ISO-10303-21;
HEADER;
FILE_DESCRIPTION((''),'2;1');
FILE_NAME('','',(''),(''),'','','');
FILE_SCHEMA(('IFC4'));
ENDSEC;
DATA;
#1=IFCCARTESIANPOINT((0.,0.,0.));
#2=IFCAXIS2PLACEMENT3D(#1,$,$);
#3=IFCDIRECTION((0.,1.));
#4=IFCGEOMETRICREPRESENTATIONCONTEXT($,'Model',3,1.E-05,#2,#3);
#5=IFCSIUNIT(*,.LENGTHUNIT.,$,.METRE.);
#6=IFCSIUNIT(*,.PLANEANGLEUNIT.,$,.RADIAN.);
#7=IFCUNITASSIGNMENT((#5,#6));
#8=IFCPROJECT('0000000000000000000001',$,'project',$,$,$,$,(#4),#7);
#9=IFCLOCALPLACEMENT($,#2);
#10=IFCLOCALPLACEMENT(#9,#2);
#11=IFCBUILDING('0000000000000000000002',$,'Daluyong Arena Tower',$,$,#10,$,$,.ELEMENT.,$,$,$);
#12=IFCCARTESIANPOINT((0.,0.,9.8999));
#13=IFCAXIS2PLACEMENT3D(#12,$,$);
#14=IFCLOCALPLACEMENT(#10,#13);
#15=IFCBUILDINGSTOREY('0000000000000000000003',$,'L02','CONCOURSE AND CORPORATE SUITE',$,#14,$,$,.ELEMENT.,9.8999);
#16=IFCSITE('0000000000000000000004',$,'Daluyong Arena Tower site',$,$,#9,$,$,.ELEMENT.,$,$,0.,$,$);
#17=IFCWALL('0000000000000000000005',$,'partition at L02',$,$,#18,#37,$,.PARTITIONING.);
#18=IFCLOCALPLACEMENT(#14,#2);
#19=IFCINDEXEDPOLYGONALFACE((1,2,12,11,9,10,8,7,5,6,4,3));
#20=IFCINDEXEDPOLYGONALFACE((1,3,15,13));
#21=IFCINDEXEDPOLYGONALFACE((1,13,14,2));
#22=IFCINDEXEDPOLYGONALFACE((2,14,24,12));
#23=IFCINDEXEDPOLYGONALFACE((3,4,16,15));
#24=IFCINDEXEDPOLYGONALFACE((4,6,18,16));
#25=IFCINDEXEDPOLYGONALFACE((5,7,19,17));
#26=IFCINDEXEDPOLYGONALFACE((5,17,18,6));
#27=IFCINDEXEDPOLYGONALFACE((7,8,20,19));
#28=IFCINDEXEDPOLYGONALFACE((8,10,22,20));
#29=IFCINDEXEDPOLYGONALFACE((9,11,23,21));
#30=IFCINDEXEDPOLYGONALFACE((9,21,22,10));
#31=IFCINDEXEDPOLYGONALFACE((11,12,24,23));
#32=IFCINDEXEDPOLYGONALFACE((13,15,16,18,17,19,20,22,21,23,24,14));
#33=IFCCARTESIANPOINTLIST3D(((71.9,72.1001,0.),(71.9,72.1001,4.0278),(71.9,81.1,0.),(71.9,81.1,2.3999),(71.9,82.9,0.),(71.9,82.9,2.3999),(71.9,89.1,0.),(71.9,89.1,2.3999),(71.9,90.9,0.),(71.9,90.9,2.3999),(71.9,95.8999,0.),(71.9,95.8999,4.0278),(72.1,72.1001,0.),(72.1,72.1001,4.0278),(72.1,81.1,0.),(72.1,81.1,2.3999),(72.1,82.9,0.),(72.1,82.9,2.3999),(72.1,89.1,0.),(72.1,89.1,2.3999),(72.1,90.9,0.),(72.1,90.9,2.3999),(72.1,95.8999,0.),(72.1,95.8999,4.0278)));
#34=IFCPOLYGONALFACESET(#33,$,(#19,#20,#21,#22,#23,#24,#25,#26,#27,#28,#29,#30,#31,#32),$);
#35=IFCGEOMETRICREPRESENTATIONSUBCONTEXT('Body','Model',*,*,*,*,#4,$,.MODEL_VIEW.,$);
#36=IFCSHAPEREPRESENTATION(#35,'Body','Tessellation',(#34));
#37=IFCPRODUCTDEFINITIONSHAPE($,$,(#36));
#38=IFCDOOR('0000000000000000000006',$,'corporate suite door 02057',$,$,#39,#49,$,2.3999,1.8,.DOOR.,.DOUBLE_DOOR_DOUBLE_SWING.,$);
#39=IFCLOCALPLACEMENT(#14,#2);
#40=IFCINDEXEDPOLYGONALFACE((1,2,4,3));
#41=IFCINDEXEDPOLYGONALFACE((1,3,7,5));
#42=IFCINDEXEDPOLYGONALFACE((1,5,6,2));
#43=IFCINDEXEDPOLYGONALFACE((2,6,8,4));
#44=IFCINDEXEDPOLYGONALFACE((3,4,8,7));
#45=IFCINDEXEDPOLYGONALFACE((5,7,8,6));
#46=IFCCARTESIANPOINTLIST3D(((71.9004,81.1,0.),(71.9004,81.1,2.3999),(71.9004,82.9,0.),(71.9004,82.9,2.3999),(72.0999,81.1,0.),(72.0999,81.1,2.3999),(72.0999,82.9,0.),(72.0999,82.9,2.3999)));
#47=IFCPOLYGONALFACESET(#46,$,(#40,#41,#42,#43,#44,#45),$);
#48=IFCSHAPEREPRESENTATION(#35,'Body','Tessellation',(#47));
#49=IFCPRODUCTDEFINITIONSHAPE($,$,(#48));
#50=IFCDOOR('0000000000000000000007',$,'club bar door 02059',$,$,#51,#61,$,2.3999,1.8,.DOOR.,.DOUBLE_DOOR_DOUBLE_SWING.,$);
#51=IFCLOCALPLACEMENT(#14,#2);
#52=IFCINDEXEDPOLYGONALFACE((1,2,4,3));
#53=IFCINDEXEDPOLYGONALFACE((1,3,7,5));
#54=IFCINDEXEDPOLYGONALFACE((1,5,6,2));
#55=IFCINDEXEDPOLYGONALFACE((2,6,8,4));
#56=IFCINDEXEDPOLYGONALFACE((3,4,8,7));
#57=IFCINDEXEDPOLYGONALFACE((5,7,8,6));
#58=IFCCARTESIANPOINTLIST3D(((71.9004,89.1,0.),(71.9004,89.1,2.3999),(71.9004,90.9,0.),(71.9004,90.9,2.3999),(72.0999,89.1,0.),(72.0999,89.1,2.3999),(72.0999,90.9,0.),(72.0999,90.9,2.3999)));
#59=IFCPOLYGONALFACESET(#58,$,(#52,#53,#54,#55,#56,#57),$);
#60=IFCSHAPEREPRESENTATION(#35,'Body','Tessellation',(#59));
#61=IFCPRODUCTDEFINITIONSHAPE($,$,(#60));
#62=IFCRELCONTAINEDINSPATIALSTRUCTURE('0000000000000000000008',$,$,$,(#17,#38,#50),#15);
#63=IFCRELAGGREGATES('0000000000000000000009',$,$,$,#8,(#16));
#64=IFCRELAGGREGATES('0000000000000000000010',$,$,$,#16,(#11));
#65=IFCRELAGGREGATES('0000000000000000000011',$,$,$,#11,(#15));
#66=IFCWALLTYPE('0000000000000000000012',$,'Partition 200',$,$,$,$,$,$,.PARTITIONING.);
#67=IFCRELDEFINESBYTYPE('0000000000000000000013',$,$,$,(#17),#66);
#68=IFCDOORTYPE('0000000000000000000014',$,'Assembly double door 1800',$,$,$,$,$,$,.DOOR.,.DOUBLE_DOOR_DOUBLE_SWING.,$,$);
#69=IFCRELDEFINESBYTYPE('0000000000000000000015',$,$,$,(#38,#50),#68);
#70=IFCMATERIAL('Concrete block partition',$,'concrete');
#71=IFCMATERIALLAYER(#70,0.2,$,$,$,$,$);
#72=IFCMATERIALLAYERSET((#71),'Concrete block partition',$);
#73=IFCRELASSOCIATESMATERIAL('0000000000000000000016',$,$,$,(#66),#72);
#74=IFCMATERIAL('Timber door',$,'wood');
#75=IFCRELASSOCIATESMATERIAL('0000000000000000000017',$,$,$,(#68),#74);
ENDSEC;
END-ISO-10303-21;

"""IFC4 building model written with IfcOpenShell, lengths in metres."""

from ifc_helpers import new_model, si_unit, direction, frame, frame_2d, origin, place, context, subcontext, project, spatial, rectangle, extrude, material, layer, layer_set, type_object, element, fill, save


model = new_model("IFC4")

# Units and contexts
model_context = context("Model", 3, precision=1e-05, world=origin(), true_north=direction((0.0, 1.0)))
body_context = subcontext(model_context, "Body", "Model", "MODEL_VIEW")
ifc_project = project(units=[si_unit("LENGTHUNIT", "METRE"), si_unit("PLANEANGLEUNIT", "RADIAN")], contexts=[model_context])

# Site, building, storey
site_placement = place(None, origin())
site = spatial("IfcSite", under=ifc_project, at=site_placement, Name="Daluyong Arena Tower site", CompositionType="ELEMENT", RefElevation=0.0)
building_placement = place(site_placement, origin())
building = spatial("IfcBuilding", under=site, at=building_placement, Name="Daluyong Arena Tower", CompositionType="ELEMENT")
storey_placement = place(building_placement, frame((0.0, 0.0, 9.8999)))
storey = spatial("IfcBuildingStorey", under=building, at=storey_placement, Name="L02", Description="CONCOURSE AND CORPORATE SUITE", CompositionType="ELEMENT", Elevation=9.8999)

# Shared definitions
ifc_material_1 = material(Name="Concrete block partition", Category="concrete")
ifc_layer = layer(ifc_material_1, 0.2)
ifc_layer_set = layer_set([ifc_layer], Name="Concrete block partition")
wall_type = type_object("IfcWallType", Name="Partition 200", PredefinedType="PARTITIONING", material=ifc_layer_set)
ifc_material_2 = material(Name="Timber door", Category="wood")
door_type = type_object("IfcDoorType", Name="Assembly double door 1800", OperationType="DOUBLE_DOOR_DOUBLE_SWING", PredefinedType="DOOR", material=ifc_material_2)

# Wall, openings, doors
wall_1_placement = place(storey_placement, frame((72.0, 72.1001, 0.0), z_axis=(0.0, 0.0, 1.0), x_axis=(0.0, 1.0, 0.0)))
wall_1 = element("IfcWall", 1, at=wall_1_placement, inside=storey, type_object=wall_type, Name="partition at L02", PredefinedType="PARTITIONING", context=body_context, shape_type="SweptSolid", body=[
    extrude(rectangle(XDim=23.7998, YDim=0.2, at=frame_2d((11.8999, 0.0))), origin(), (0.0, 0.0, 1.0), 4.0278),
])
opening_1_placement = place(wall_1_placement, frame((9.0, 0.0, 0.0)))
opening_1 = element("IfcOpeningElement", 2, at=opening_1_placement, cuts=wall_1, PredefinedType="OPENING", context=body_context, shape_type="SweptSolid", body=[
    extrude(rectangle(XDim=1.8, YDim=2.3999, at=frame_2d((0.8999, 1.2))), frame((0.0, 0.1099, 0.0), z_axis=(0.0, -1.0, 0.0), x_axis=(1.0, 0.0, 0.0)), (0.0, 0.0, 1.0), 0.22),
])
opening_2_placement = place(wall_1_placement, frame((17.0, 0.0, 0.0)))
opening_2 = element("IfcOpeningElement", 3, at=opening_2_placement, cuts=wall_1, PredefinedType="OPENING", context=body_context, shape_type="SweptSolid", body=[
    extrude(rectangle(XDim=1.8, YDim=2.3999, at=frame_2d((0.8999, 1.2))), frame((0.0, 0.1099, 0.0), z_axis=(0.0, -1.0, 0.0), x_axis=(1.0, 0.0, 0.0)), (0.0, 0.0, 1.0), 0.22),
])
door_1_placement = place(opening_1_placement, origin())
door_1 = element("IfcDoor", 4, at=door_1_placement, inside=storey, type_object=door_type, Name="corporate suite door 02057", OperationType="DOUBLE_DOOR_DOUBLE_SWING", OverallHeight=2.3999, OverallWidth=1.8, PredefinedType="DOOR", context=body_context, shape_type="SweptSolid", body=[
    extrude(rectangle(XDim=1.8, YDim=2.3999, at=frame_2d((0.8999, 1.2))), frame((0.0, 0.0996, 0.0), z_axis=(0.0, -1.0, 0.0), x_axis=(1.0, 0.0, 0.0)), (0.0, 0.0, 1.0), 0.1995),
])
fill(opening_1, door_1)
door_2_placement = place(opening_2_placement, origin())
door_2 = element("IfcDoor", 5, at=door_2_placement, inside=storey, type_object=door_type, Name="club bar door 02059", OperationType="DOUBLE_DOOR_DOUBLE_SWING", OverallHeight=2.3999, OverallWidth=1.8, PredefinedType="DOOR", context=body_context, shape_type="SweptSolid", body=[
    extrude(rectangle(XDim=1.8, YDim=2.3999, at=frame_2d((0.8999, 1.2))), frame((0.0, 0.0996, 0.0), z_axis=(0.0, -1.0, 0.0), x_axis=(1.0, 0.0, 0.0)), (0.0, 0.0, 1.0), 0.1995),
])
fill(opening_2, door_2)

save(model, "model.ifc")
